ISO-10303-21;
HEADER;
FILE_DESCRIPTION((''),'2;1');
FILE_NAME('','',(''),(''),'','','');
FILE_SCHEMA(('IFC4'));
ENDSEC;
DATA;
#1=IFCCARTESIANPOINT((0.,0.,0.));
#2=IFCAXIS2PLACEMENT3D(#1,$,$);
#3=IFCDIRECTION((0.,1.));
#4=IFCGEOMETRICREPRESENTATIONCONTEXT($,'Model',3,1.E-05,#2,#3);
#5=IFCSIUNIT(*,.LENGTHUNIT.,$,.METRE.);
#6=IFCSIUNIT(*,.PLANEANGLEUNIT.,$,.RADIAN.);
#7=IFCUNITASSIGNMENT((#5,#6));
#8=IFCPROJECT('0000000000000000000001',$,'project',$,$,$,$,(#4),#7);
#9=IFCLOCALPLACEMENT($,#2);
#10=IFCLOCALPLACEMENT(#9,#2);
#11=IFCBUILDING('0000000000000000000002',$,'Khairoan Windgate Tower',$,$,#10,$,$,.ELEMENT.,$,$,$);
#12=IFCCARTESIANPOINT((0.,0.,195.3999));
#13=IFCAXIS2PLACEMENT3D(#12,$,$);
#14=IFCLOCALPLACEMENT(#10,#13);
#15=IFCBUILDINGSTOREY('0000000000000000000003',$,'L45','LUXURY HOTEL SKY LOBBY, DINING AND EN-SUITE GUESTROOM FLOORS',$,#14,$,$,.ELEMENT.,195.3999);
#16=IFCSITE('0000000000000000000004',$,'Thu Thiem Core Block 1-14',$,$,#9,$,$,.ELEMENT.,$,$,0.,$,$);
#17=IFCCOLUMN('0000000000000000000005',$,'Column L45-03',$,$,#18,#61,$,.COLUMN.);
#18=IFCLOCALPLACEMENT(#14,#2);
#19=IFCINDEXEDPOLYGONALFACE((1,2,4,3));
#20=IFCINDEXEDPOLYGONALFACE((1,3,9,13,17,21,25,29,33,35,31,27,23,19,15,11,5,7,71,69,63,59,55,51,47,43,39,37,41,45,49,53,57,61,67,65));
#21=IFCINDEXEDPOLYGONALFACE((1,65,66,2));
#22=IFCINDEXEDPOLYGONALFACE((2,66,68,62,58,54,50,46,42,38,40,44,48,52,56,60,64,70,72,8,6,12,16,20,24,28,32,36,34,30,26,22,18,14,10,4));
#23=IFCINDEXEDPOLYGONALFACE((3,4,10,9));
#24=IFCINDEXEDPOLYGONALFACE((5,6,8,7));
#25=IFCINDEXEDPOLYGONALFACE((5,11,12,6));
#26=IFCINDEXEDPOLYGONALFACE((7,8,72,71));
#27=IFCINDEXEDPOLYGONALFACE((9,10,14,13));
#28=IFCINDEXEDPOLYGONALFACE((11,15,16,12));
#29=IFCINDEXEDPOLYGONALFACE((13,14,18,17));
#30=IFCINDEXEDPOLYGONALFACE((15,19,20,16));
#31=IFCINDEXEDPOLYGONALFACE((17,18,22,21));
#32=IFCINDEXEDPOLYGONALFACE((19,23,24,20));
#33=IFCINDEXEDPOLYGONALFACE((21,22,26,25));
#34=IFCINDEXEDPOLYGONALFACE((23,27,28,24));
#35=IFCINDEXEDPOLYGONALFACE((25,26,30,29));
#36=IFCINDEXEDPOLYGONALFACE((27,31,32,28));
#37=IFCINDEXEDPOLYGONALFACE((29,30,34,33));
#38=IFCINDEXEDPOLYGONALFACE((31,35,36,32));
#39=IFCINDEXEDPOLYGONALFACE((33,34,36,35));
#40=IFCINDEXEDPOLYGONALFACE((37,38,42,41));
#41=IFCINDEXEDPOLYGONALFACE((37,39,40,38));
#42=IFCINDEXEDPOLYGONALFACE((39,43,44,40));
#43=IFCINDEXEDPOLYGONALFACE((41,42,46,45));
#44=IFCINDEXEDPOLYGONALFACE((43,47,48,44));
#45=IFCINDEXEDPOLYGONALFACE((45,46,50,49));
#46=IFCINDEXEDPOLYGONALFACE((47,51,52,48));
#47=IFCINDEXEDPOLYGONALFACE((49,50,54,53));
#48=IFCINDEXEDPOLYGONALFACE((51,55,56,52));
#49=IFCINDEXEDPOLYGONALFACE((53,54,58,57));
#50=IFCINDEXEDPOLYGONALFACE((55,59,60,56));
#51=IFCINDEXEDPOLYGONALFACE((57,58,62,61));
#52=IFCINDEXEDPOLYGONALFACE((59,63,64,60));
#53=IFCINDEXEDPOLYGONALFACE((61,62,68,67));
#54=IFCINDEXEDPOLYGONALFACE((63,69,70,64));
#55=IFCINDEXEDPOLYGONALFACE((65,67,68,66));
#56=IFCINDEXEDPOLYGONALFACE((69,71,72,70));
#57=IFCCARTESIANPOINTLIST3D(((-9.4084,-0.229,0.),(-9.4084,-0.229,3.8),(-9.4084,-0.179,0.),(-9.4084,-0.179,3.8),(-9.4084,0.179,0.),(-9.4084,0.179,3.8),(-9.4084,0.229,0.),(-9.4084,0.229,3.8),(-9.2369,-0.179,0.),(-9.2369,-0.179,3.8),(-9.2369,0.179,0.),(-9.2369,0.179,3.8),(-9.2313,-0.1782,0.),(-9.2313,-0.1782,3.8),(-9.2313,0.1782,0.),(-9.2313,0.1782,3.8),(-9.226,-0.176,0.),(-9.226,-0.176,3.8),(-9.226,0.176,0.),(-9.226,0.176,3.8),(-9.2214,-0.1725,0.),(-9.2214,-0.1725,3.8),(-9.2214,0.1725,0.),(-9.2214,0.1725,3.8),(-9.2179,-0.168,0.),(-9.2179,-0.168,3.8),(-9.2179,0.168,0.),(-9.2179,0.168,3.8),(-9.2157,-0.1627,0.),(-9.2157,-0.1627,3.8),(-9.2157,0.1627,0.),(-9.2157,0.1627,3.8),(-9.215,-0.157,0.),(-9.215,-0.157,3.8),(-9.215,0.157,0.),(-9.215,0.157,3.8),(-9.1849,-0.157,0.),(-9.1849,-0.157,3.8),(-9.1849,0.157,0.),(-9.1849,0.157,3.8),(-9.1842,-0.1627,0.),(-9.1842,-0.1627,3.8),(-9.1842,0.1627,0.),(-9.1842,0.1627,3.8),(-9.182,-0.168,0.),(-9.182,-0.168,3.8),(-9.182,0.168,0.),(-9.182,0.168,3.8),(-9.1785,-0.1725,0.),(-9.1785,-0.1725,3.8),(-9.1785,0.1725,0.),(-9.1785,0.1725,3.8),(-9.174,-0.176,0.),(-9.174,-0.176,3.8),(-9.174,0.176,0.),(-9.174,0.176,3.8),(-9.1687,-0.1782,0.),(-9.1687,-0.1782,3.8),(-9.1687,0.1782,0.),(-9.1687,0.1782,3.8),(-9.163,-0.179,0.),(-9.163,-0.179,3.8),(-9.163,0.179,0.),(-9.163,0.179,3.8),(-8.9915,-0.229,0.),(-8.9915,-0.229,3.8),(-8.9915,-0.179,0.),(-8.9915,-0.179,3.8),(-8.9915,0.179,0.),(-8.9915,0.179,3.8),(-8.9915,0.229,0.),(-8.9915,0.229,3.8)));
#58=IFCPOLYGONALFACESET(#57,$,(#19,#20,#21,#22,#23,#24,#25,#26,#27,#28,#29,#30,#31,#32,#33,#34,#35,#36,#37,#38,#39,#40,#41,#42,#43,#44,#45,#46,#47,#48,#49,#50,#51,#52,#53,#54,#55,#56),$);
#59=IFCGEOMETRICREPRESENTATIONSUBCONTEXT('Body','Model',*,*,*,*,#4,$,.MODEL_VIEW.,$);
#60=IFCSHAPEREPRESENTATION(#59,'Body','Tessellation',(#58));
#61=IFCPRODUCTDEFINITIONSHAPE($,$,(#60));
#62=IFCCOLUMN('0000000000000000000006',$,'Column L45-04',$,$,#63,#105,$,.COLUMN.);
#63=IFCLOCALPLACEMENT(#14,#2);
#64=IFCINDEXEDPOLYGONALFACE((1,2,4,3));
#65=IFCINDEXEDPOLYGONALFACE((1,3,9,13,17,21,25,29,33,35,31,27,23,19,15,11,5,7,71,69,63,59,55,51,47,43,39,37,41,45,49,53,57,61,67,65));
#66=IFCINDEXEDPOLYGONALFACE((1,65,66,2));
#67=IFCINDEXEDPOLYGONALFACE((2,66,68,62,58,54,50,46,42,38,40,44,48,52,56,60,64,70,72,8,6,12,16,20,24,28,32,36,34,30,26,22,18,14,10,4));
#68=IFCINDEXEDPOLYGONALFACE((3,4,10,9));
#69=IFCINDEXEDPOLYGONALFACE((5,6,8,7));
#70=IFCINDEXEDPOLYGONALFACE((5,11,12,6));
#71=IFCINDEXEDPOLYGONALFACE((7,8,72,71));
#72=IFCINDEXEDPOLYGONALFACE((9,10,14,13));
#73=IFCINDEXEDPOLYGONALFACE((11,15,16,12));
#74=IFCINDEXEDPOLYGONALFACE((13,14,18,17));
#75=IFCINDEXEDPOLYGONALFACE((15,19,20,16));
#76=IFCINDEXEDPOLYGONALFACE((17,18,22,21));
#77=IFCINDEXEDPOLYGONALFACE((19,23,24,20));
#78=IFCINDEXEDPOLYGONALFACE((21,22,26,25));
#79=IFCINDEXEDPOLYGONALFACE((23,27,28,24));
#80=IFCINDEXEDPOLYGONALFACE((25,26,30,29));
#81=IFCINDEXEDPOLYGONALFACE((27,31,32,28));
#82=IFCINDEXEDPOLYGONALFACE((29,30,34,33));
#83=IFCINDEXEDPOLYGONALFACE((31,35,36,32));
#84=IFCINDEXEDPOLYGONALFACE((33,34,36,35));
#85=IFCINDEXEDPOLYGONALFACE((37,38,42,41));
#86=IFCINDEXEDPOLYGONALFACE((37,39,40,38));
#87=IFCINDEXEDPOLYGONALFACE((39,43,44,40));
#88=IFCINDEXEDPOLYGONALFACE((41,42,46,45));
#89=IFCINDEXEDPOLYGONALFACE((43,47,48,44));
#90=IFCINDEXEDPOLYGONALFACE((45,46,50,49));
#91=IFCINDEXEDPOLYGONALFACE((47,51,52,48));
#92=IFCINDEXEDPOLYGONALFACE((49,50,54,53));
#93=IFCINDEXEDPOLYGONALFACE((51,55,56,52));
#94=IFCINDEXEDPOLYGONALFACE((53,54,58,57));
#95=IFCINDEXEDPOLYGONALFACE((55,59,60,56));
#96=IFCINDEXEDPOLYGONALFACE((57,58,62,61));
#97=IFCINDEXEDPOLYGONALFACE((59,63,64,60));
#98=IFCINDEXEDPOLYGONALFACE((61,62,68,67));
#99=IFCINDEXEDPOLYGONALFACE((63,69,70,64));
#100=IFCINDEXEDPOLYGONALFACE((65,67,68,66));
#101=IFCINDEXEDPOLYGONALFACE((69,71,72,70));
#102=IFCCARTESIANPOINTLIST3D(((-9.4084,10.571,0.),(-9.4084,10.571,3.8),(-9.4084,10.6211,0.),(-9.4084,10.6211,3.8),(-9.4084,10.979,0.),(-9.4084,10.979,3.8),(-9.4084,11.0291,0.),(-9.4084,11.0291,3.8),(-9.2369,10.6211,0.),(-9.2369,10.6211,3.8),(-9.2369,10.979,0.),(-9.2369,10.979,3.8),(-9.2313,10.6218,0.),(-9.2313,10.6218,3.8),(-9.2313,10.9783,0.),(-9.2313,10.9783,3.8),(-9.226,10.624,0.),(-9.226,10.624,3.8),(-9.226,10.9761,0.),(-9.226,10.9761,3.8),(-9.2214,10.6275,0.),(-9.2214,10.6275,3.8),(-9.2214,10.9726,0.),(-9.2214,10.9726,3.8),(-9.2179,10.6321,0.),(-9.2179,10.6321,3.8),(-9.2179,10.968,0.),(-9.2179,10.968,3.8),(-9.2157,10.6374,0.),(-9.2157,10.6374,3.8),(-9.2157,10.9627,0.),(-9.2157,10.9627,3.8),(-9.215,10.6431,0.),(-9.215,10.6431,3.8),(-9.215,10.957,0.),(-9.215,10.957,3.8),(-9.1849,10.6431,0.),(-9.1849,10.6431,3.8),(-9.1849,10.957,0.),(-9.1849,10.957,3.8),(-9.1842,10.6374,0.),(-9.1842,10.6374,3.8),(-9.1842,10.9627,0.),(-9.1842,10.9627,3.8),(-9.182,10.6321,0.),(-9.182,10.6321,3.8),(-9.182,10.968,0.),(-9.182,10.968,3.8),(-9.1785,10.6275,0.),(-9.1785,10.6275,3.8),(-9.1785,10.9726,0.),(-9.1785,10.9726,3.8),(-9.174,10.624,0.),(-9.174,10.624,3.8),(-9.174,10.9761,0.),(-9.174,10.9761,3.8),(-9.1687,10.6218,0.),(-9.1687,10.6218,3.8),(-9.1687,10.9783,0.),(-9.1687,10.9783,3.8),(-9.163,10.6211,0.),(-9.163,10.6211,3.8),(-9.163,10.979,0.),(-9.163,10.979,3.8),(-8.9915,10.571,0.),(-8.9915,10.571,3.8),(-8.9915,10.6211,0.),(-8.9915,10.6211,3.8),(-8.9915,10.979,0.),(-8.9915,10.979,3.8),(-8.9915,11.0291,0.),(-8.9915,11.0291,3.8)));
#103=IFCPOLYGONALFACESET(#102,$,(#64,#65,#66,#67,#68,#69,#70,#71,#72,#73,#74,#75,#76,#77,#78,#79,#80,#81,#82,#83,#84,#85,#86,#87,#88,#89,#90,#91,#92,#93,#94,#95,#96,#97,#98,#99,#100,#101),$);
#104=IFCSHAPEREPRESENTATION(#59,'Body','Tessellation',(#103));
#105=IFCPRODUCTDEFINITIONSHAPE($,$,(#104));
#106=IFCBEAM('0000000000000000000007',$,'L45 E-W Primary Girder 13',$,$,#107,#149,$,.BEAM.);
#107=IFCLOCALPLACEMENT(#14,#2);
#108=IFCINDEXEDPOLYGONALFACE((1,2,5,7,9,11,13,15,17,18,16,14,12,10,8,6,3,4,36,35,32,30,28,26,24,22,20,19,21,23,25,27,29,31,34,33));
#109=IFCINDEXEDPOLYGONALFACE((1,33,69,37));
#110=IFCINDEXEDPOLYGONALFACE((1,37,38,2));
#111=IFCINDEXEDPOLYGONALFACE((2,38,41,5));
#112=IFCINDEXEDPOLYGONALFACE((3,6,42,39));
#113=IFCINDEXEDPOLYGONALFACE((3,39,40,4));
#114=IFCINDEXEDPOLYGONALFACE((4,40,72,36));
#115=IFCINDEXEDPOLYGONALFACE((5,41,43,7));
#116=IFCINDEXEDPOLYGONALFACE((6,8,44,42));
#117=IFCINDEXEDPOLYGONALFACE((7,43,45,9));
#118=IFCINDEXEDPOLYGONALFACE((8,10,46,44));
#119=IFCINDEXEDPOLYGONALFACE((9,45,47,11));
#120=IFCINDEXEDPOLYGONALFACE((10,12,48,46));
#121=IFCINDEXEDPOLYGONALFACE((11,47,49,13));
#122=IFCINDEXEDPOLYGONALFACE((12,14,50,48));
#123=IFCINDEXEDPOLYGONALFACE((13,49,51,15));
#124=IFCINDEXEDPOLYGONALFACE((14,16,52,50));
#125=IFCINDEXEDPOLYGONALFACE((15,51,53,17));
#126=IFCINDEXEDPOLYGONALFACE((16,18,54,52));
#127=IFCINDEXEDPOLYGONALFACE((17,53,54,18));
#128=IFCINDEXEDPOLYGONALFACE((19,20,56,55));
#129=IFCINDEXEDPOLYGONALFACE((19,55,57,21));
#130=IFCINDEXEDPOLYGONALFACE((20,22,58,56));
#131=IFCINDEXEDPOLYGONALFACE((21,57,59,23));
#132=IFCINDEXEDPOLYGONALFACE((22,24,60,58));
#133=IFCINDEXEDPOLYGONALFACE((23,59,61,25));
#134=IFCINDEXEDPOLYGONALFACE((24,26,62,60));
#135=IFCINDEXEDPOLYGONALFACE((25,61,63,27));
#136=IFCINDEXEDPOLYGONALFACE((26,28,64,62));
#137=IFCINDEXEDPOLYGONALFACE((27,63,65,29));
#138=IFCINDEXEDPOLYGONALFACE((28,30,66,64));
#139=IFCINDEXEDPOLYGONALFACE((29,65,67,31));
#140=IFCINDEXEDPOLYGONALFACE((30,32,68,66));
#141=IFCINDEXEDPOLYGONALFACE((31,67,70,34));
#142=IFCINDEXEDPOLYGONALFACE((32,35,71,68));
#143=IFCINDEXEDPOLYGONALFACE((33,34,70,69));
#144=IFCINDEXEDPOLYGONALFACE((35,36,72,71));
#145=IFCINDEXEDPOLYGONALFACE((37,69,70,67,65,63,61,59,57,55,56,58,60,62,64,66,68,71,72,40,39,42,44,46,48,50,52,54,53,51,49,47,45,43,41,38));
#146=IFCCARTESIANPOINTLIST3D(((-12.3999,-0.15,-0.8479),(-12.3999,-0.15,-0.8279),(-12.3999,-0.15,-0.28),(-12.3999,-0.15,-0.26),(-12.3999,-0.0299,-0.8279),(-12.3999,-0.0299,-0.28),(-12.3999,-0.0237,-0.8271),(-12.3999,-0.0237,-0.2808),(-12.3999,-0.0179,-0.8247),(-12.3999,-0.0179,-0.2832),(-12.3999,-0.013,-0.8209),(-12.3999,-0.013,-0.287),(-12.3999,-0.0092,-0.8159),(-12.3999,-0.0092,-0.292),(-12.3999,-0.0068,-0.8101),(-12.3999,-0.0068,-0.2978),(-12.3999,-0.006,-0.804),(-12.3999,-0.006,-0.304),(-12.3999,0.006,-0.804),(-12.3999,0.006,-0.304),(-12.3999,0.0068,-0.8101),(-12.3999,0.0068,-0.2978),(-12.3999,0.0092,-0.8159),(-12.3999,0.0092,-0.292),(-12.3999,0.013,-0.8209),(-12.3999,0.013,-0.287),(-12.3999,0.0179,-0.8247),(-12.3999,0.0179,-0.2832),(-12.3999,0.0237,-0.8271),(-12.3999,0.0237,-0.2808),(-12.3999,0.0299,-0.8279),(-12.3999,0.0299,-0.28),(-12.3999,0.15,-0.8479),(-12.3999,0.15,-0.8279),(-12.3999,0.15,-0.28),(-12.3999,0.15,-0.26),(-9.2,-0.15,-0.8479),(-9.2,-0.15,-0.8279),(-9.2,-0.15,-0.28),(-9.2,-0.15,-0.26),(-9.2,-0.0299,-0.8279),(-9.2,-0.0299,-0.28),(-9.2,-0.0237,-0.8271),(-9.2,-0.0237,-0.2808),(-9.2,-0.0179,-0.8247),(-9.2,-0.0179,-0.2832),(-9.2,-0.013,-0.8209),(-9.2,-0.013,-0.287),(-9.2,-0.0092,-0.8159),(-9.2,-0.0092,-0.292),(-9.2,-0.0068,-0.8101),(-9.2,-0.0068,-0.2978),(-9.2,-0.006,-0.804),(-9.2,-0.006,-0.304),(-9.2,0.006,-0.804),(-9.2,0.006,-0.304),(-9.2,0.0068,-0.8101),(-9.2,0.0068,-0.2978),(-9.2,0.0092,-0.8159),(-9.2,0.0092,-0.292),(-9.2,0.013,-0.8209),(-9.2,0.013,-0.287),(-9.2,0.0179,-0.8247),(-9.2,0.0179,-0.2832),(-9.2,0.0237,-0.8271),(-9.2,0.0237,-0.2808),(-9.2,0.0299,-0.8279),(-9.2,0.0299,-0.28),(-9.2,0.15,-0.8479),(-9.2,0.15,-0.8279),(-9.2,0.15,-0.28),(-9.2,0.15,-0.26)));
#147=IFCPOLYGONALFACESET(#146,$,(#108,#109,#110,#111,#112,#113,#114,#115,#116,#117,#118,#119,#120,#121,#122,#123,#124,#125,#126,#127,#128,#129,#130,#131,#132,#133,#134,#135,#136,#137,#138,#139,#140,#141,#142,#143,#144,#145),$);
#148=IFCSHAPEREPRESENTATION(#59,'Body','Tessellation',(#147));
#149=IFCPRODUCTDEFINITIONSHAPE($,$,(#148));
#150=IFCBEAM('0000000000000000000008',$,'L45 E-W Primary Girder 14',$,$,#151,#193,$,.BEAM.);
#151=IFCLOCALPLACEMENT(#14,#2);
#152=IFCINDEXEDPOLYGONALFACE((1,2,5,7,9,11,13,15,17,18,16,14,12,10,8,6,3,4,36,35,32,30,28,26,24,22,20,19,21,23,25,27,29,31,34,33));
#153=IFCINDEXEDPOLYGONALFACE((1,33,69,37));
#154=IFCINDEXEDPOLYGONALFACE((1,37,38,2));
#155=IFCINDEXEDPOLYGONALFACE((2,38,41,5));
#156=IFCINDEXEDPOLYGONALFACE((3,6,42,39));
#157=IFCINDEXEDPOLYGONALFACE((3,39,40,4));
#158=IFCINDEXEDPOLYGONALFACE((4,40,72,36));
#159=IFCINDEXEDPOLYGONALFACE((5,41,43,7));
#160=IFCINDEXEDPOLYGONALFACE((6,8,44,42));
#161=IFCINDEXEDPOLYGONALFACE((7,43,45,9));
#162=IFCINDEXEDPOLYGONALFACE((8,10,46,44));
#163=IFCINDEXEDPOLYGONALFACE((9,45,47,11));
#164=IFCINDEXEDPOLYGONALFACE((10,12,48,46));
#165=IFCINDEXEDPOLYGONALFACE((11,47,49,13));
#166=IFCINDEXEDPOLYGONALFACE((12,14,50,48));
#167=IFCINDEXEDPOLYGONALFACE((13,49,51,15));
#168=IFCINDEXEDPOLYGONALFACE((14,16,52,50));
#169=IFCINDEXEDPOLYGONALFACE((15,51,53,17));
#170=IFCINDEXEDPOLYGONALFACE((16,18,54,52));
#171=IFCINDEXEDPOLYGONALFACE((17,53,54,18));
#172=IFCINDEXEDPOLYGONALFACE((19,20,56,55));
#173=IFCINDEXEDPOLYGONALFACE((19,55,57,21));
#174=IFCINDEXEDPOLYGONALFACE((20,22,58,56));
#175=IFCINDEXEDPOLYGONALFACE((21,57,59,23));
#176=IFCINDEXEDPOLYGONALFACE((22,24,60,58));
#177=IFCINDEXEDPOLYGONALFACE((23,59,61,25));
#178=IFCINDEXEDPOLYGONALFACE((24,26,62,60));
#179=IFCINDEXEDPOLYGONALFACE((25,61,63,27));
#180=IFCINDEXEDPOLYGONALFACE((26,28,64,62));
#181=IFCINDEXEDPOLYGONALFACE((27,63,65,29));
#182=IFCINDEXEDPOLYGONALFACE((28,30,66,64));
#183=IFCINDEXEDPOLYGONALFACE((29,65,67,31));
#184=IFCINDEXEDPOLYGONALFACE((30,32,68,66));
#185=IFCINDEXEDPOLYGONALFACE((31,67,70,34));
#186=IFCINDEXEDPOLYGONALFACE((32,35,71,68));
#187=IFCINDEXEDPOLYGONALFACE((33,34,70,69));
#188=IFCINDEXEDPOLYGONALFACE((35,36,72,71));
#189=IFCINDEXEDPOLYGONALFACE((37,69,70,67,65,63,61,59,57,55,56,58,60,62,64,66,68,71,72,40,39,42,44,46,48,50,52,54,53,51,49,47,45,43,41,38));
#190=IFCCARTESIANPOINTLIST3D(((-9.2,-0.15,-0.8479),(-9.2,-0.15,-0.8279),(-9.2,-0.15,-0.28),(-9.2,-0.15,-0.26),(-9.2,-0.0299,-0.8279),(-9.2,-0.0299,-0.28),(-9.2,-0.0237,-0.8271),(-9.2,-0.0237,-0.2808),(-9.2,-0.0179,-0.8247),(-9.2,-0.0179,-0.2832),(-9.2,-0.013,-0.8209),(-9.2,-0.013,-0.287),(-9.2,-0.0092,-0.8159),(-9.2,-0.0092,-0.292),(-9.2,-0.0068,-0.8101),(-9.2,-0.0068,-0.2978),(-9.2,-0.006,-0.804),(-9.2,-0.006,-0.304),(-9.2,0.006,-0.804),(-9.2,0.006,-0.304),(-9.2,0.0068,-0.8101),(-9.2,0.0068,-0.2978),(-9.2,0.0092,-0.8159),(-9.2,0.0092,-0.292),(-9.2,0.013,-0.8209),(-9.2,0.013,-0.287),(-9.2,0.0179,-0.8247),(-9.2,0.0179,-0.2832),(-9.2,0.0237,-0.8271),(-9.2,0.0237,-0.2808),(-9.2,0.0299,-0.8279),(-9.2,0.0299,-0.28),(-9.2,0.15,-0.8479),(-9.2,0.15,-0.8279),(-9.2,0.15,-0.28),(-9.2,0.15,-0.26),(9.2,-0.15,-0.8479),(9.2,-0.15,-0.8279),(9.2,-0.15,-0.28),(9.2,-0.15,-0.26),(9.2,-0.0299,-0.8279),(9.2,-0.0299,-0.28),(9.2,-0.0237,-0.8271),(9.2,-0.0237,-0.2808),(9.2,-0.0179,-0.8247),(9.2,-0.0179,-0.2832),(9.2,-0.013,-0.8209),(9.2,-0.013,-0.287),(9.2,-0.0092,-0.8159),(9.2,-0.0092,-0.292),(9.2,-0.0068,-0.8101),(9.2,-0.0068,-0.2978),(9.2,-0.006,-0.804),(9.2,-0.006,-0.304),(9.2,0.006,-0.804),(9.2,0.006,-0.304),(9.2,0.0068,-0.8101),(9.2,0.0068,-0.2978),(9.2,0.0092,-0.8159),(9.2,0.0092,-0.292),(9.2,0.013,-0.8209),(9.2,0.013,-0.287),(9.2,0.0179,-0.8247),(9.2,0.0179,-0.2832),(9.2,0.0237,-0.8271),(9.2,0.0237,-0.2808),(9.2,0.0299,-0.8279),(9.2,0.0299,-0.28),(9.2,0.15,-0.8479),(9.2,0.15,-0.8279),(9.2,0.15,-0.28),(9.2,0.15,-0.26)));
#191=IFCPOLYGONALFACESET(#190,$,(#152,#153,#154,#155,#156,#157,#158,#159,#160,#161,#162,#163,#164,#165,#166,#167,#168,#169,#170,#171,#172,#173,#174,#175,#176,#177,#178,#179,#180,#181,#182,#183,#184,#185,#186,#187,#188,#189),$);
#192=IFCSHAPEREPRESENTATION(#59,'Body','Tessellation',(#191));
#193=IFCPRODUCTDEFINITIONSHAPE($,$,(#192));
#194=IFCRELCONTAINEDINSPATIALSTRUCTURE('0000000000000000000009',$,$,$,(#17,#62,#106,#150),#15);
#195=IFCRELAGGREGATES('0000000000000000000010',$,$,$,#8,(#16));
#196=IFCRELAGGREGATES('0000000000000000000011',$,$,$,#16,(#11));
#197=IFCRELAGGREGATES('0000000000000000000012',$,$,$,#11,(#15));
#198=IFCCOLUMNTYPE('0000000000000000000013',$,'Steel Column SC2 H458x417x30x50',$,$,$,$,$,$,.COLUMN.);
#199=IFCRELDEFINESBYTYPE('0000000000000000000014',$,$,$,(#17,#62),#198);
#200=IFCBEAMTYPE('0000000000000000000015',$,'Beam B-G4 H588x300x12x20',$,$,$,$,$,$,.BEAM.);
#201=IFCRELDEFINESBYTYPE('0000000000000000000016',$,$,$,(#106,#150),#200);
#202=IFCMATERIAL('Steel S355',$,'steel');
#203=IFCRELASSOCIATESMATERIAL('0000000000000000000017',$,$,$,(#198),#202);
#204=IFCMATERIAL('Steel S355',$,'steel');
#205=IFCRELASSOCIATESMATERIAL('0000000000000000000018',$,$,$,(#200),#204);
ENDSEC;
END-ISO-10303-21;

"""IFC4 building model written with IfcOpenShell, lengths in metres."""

from ifc_helpers import new_model, si_unit, direction, frame, origin, origin_2d, place, context, subcontext, project, spatial, i_section, extrude, material, material_profile, profile_set, type_object, element, save


model = new_model("IFC4")

# Units and contexts
model_context = context("Model", 3, precision=1e-05, world=origin(), true_north=direction((0.0, 1.0)))
body_context = subcontext(model_context, "Body", "Model", "MODEL_VIEW")
ifc_project = project(units=[si_unit("LENGTHUNIT", "METRE"), si_unit("PLANEANGLEUNIT", "RADIAN")], contexts=[model_context])

# Site, building, storey
site_placement = place(None, origin())
site = spatial("IfcSite", under=ifc_project, at=site_placement, Name="Thu Thiem Core Block 1-14", CompositionType="ELEMENT", RefElevation=0.0)
building_placement = place(site_placement, origin())
building = spatial("IfcBuilding", under=site, at=building_placement, Name="Khairoan Windgate Tower", CompositionType="ELEMENT")
storey_placement = place(building_placement, frame((0.0, 0.0, 195.3999)))
storey = spatial("IfcBuildingStorey", under=building, at=storey_placement, Name="L45", Description="LUXURY HOTEL SKY LOBBY, DINING AND EN-SUITE GUESTROOM FLOORS", CompositionType="ELEMENT", Elevation=195.3999)

# Columns
ifc_material_1 = material(Name="Steel S355", Category="steel")
ifc_material_profile_1 = material_profile(ifc_material_1, i_section(OverallWidth=0.417, OverallDepth=0.458, WebThickness=0.03, FlangeThickness=0.05, FilletRadius=0.022, at=origin_2d()))
ifc_profile_set_1 = profile_set([ifc_material_profile_1], Name="Steel S355")
column_type = type_object("IfcColumnType", Name="Steel Column SC2 H458x417x30x50", PredefinedType="COLUMN", material=ifc_profile_set_1)
for number, where, z_axis, x_axis, name in (
    (1, (-9.2, 0.0, 0.0), (0.0, 0.0, 1.0), (1.0, 0.0, 0.0), "Column L45-03"),
    (2, (-9.2, 10.8, 0.0), (0.0, 0.0, 1.0), (1.0, 0.0, 0.0), "Column L45-04"),
):
    element("IfcColumn", number, at=place(storey_placement, frame(where, z_axis=z_axis, x_axis=x_axis)), inside=storey, type_object=column_type, Name=name, PredefinedType="COLUMN", context=body_context, shape_type="SweptSolid", body=[
        extrude(i_section(OverallWidth=0.417, OverallDepth=0.458, WebThickness=0.03, FlangeThickness=0.05, FilletRadius=0.022, at=origin_2d()), origin(), (0.0, 0.0, 1.0), 3.8),
    ])

# Beams
ifc_material_2 = material(Name="Steel S355", Category="steel")
ifc_material_profile_2 = material_profile(ifc_material_2, i_section(OverallWidth=0.3, OverallDepth=0.5879, WebThickness=0.012, FlangeThickness=0.02, FilletRadius=0.0239, at=origin_2d()))
ifc_profile_set_2 = profile_set([ifc_material_profile_2], Name="Steel S355")
beam_type_1 = type_object("IfcBeamType", Name="Beam B-G4 H588x300x12x20", PredefinedType="BEAM", material=ifc_profile_set_2)
beam_1_placement = place(storey_placement, frame((-12.3999, 0.0, -0.554), z_axis=(1.0, 0.0, 0.0), x_axis=(0.0, 1.0, 0.0)))
element("IfcBeam", 3, at=beam_1_placement, inside=storey, type_object=beam_type_1, Name="L45 E-W Primary Girder 13", PredefinedType="BEAM", context=body_context, shape_type="SweptSolid", body=[
    extrude(i_section(OverallWidth=0.3, OverallDepth=0.5879, WebThickness=0.012, FlangeThickness=0.02, FilletRadius=0.0239, at=origin_2d()), origin(), (0.0, 0.0, 1.0), 3.2),
])
beam_2_placement = place(storey_placement, frame((-9.2, 0.0, -0.554), z_axis=(1.0, 0.0, 0.0), x_axis=(0.0, 1.0, 0.0)))
element("IfcBeam", 4, at=beam_2_placement, inside=storey, type_object=beam_type_1, Name="L45 E-W Primary Girder 14", PredefinedType="BEAM", context=body_context, shape_type="SweptSolid", body=[
    extrude(i_section(OverallWidth=0.3, OverallDepth=0.5879, WebThickness=0.012, FlangeThickness=0.02, FilletRadius=0.0239, at=origin_2d()), origin(), (0.0, 0.0, 1.0), 18.3999),
])

save(model, "model.ifc")
